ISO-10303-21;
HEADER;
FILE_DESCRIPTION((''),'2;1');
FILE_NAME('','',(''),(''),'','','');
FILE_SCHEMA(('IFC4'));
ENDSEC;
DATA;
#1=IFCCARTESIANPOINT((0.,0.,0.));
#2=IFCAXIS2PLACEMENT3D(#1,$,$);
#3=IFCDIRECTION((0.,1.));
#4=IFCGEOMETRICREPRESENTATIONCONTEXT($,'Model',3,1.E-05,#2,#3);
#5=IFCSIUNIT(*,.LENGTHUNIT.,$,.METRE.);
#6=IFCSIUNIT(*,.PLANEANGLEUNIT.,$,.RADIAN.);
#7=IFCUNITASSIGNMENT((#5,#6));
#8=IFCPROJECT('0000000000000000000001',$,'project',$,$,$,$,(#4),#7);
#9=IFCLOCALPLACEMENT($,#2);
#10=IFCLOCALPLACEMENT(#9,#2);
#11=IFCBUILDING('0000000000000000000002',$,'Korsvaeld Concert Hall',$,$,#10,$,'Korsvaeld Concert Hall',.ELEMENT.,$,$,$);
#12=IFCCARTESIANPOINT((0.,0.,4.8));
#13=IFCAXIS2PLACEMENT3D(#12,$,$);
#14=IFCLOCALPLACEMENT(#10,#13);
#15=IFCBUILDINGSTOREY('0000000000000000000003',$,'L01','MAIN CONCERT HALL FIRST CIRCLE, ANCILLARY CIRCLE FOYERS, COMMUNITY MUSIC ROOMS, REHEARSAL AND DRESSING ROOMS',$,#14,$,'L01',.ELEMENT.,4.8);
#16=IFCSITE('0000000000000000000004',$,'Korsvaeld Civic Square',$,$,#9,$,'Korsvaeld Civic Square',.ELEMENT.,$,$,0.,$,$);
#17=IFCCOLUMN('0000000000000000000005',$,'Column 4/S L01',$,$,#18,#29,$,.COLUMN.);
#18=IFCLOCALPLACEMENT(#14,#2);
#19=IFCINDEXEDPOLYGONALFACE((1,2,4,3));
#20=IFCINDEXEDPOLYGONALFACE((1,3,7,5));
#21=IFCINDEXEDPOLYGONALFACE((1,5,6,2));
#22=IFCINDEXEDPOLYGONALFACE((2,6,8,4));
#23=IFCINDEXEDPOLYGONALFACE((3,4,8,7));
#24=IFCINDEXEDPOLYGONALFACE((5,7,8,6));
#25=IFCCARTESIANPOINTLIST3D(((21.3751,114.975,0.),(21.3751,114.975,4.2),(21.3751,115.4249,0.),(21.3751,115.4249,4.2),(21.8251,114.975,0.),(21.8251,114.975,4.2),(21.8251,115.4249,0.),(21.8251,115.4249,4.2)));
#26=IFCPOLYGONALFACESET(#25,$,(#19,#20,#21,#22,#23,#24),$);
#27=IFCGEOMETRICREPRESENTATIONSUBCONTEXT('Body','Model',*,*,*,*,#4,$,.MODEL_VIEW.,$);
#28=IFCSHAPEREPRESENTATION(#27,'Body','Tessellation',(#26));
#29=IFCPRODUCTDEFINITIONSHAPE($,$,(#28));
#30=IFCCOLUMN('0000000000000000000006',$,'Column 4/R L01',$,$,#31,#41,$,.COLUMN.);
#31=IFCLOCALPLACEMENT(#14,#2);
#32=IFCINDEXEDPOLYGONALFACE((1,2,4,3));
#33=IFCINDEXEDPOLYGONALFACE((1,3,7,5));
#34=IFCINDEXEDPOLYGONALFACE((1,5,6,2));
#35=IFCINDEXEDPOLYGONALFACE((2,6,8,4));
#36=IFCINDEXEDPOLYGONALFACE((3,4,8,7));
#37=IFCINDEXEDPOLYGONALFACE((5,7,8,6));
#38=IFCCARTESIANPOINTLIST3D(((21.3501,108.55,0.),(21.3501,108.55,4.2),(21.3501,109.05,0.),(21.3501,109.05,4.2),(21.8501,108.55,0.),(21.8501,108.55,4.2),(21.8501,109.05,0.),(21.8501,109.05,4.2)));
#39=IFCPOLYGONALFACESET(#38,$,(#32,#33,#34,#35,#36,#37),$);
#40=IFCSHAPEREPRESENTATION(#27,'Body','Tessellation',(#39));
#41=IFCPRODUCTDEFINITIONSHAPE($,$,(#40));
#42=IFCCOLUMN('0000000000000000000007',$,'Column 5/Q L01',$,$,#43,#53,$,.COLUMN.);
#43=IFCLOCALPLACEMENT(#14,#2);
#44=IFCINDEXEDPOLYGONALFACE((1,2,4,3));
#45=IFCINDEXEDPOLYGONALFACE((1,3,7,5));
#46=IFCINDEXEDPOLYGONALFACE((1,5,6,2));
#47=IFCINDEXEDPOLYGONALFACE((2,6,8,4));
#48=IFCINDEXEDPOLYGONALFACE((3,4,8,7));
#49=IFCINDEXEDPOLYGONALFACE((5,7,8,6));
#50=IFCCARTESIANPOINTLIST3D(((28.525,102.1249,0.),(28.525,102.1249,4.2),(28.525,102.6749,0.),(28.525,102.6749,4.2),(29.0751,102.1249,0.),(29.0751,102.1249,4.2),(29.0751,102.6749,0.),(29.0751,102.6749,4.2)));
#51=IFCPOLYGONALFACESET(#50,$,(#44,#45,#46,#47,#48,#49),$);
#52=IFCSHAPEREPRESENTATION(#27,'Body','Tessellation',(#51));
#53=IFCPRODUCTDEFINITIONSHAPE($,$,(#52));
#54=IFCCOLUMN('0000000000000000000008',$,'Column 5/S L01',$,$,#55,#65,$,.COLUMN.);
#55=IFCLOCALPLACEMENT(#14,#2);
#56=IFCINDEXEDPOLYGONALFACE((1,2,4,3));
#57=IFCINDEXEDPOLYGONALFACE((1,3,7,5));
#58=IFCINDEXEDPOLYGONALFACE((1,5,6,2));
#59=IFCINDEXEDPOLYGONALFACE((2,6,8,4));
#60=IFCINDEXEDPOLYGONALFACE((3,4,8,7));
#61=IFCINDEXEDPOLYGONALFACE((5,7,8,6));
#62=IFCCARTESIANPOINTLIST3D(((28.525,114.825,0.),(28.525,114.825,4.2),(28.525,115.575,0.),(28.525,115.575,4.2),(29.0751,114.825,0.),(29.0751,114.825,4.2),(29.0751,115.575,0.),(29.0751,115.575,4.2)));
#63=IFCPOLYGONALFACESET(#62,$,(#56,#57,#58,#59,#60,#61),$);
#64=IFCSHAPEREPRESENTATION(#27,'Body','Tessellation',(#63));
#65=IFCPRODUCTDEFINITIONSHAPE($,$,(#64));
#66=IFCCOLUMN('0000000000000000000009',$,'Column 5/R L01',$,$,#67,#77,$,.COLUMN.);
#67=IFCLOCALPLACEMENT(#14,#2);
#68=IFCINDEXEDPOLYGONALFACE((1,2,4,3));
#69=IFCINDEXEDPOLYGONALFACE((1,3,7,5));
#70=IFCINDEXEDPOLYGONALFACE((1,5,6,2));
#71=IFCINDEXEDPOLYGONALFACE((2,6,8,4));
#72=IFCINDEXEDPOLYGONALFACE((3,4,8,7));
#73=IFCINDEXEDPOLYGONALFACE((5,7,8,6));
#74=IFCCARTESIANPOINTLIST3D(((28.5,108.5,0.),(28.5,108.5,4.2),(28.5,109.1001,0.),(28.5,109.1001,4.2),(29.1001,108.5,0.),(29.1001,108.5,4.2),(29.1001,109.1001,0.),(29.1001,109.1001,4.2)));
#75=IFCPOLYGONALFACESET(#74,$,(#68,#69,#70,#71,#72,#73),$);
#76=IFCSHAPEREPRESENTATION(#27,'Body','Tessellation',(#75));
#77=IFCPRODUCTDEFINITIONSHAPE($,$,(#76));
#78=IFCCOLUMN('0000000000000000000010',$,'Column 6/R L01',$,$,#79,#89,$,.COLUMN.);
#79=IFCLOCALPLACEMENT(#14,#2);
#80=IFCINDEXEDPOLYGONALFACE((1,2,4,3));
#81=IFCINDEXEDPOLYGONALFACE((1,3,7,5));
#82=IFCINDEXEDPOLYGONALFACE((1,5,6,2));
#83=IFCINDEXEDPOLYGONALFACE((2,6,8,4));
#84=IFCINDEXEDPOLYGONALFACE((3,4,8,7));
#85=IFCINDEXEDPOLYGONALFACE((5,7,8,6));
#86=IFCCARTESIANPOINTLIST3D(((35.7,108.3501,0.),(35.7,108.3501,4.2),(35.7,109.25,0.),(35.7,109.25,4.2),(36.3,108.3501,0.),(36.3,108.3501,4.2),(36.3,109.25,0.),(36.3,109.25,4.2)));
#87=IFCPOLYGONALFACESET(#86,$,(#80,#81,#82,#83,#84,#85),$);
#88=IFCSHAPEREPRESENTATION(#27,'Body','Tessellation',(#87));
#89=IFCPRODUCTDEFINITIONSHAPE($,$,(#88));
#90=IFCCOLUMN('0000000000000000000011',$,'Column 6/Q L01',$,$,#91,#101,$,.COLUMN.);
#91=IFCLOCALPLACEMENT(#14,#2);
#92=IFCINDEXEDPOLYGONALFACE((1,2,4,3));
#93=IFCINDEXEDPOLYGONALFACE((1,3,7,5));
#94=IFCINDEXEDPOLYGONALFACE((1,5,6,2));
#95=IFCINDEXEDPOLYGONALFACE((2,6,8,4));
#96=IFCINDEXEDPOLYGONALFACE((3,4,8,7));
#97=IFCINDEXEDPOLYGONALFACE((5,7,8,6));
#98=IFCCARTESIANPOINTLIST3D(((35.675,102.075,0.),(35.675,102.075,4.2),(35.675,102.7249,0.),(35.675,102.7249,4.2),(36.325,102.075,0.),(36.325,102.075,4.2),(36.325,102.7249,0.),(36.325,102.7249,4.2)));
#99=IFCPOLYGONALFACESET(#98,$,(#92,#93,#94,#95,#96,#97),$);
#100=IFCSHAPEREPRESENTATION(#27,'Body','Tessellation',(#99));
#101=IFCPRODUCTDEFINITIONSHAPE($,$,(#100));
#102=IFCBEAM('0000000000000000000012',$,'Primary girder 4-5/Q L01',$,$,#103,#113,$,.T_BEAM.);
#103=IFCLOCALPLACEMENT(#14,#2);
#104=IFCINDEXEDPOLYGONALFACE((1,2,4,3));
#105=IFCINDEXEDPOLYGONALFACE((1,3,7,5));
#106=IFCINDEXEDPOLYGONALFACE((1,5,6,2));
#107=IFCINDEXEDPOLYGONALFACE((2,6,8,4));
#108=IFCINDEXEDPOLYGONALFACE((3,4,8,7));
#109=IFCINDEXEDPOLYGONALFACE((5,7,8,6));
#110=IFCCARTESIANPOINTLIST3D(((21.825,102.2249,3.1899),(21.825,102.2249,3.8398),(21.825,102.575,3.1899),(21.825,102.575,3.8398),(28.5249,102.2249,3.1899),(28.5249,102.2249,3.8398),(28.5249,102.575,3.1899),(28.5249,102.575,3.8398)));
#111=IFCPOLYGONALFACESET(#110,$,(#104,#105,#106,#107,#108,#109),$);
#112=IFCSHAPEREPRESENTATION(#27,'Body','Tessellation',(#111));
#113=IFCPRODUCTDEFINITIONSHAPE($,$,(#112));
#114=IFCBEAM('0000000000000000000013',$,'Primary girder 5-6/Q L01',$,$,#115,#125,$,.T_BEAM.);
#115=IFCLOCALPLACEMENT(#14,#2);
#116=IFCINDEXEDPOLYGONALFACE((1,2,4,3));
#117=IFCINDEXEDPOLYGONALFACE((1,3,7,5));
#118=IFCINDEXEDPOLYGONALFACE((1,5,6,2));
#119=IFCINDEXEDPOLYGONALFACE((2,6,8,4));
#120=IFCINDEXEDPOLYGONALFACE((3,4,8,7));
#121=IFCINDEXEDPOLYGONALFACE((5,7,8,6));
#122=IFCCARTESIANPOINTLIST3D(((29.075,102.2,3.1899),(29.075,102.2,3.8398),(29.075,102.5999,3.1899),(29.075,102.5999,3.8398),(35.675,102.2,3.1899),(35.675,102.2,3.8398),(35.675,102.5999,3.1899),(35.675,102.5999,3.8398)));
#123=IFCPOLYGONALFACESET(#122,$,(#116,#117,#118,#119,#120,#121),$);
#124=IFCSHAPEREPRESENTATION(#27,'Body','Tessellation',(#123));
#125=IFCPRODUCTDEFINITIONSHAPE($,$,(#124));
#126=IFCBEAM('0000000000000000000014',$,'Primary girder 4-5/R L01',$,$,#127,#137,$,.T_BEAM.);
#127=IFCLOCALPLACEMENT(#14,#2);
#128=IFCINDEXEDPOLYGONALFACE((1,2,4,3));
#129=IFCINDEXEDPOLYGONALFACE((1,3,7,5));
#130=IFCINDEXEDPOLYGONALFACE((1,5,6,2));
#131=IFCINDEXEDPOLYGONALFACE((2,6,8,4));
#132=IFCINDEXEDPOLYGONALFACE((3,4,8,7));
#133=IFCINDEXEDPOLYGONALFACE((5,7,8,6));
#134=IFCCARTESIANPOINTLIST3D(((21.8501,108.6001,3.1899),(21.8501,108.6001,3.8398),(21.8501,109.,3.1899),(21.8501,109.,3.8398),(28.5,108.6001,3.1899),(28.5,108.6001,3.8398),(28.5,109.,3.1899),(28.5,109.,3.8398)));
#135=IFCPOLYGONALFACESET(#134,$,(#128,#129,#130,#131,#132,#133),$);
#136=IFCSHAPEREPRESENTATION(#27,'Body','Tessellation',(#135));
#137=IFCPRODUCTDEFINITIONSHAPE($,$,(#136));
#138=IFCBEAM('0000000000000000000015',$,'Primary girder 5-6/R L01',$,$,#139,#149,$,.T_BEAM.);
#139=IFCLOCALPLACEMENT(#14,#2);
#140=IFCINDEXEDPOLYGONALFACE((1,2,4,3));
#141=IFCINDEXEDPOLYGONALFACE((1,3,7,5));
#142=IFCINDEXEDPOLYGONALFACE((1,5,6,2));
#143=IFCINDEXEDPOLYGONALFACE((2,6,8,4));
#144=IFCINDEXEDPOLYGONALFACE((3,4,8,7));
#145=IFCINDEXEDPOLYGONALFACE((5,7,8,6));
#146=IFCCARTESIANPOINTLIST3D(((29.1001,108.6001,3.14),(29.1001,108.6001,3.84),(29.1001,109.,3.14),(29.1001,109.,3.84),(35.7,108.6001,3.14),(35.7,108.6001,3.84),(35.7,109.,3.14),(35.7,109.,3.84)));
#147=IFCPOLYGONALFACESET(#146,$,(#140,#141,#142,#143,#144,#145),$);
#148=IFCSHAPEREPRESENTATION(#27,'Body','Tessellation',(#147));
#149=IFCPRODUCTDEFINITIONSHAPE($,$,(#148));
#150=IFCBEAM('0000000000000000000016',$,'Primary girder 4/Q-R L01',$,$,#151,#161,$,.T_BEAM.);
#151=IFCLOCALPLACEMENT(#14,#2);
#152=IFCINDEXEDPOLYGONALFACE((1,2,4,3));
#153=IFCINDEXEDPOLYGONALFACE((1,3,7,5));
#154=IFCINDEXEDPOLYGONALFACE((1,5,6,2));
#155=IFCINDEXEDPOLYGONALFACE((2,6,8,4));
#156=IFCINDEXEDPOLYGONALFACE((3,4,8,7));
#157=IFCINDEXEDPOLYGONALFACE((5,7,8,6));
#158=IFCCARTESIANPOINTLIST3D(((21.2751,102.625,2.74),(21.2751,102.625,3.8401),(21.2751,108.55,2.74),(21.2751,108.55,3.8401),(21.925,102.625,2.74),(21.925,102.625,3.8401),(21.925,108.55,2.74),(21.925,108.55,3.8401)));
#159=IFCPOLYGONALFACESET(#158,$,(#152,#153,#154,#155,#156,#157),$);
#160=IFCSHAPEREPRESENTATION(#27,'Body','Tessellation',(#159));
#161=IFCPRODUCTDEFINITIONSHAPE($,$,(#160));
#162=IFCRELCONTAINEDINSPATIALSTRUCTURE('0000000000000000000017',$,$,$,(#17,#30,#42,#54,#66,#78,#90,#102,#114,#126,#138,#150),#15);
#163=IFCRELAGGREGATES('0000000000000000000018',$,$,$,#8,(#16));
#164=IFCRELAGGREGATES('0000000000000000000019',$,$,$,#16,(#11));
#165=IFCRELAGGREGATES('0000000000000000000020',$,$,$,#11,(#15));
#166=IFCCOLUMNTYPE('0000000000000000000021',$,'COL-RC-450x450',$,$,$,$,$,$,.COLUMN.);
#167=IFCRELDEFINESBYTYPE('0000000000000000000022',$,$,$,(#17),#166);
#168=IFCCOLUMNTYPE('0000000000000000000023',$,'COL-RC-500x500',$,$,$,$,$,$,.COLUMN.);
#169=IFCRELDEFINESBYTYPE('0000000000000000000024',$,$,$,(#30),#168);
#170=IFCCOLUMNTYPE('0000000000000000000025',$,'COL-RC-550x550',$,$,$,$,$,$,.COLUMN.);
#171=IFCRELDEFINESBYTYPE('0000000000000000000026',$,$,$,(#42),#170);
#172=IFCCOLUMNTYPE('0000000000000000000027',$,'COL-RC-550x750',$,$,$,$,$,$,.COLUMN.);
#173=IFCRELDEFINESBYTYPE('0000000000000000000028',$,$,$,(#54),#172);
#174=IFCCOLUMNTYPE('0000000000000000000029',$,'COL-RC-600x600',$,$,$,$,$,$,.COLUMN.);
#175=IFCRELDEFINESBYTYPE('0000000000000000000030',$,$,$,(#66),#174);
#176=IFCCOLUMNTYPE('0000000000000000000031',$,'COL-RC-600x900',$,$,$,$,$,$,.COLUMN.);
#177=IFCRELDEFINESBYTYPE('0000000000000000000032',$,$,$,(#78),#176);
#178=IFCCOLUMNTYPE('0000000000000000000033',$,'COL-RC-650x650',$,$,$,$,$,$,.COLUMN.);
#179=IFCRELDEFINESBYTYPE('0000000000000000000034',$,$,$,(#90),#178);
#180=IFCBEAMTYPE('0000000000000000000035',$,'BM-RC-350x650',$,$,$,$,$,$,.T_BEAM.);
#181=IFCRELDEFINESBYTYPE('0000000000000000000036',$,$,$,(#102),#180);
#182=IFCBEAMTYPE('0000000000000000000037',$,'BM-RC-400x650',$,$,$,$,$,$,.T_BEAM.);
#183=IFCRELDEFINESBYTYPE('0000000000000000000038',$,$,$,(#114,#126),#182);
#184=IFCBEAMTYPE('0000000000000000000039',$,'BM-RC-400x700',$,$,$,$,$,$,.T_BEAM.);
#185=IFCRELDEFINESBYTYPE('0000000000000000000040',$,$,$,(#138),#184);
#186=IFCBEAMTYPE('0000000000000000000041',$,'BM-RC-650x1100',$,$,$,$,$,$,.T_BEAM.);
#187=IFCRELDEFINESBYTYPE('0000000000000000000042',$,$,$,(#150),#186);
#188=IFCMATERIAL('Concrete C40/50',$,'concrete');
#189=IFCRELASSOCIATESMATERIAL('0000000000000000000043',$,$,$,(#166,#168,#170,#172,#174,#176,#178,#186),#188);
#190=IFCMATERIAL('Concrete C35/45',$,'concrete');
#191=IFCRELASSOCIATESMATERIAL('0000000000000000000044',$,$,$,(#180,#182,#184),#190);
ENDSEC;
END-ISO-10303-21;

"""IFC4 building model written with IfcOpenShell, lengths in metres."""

from ifc_helpers import new_model, si_unit, direction, frame, origin, origin_2d, place, context, subcontext, project, spatial, rectangle, extrude, material, material_profile, profile_set, type_object, element, save


model = new_model("IFC4")

# Units and contexts
model_context = context("Model", 3, precision=1e-05, world=origin(), true_north=direction((0.0, 1.0)))
body_context = subcontext(model_context, "Body", "Model", "MODEL_VIEW")
ifc_project = project(units=[si_unit("LENGTHUNIT", "METRE"), si_unit("PLANEANGLEUNIT", "RADIAN")], contexts=[model_context])

# Site, building, storey
site_placement = place(None, origin())
site = spatial("IfcSite", under=ifc_project, at=site_placement, Name="Korsvaeld Civic Square", LongName="Korsvaeld Civic Square", CompositionType="ELEMENT", RefElevation=0.0)
building_placement = place(site_placement, origin())
building = spatial("IfcBuilding", under=site, at=building_placement, Name="Korsvaeld Concert Hall", LongName="Korsvaeld Concert Hall", CompositionType="ELEMENT")
storey_placement = place(building_placement, frame((0.0, 0.0, 4.8)))
storey = spatial("IfcBuildingStorey", under=building, at=storey_placement, Name="L01", Description="MAIN CONCERT HALL FIRST CIRCLE, ANCILLARY CIRCLE FOYERS, COMMUNITY MUSIC ROOMS, REHEARSAL AND DRESSING ROOMS", LongName="L01", CompositionType="ELEMENT", Elevation=4.8)

# Columns
ifc_material_1 = material(Name="Concrete C40/50", Category="concrete")
ifc_material_profile_1 = material_profile(ifc_material_1, rectangle(XDim=0.45, YDim=0.45, at=origin_2d()), Name="RC 450x450")
ifc_profile_set_1 = profile_set([ifc_material_profile_1], Name="Concrete C40/50")
column_type_1 = type_object("IfcColumnType", Name="COL-RC-450x450", PredefinedType="COLUMN", material=ifc_profile_set_1)
column_1_placement = place(storey_placement, frame((21.6001, 115.2, 0.0), z_axis=(0.0, 0.0, 1.0), x_axis=(1.0, 0.0, 0.0)))
element("IfcColumn", 1, at=column_1_placement, inside=storey, type_object=column_type_1, Name="Column 4/S L01", PredefinedType="COLUMN", context=body_context, shape_type="SweptSolid", body=[
    extrude(rectangle(XDim=0.45, YDim=0.45, at=origin_2d()), origin(), (0.0, 0.0, 1.0), 4.2),
])
ifc_material_profile_2 = material_profile(ifc_material_1, rectangle(XDim=0.5, YDim=0.5, at=origin_2d()), Name="RC 500x500")
ifc_profile_set_2 = profile_set([ifc_material_profile_2], Name="Concrete C40/50")
column_type_2 = type_object("IfcColumnType", Name="COL-RC-500x500", PredefinedType="COLUMN", material=ifc_profile_set_2)
column_2_placement = place(storey_placement, frame((21.6001, 108.8, 0.0), z_axis=(0.0, 0.0, 1.0), x_axis=(1.0, 0.0, 0.0)))
element("IfcColumn", 2, at=column_2_placement, inside=storey, type_object=column_type_2, Name="Column 4/R L01", PredefinedType="COLUMN", context=body_context, shape_type="SweptSolid", body=[
    extrude(rectangle(XDim=0.5, YDim=0.5, at=origin_2d()), origin(), (0.0, 0.0, 1.0), 4.2),
])
ifc_material_profile_3 = material_profile(ifc_material_1, rectangle(XDim=0.55, YDim=0.55, at=origin_2d()), Name="RC 550x550")
ifc_profile_set_3 = profile_set([ifc_material_profile_3], Name="Concrete C40/50")
column_type_3 = type_object("IfcColumnType", Name="COL-RC-550x550", PredefinedType="COLUMN", material=ifc_profile_set_3)
column_3_placement = place(storey_placement, frame((28.8, 102.3999, 0.0), z_axis=(0.0, 0.0, 1.0), x_axis=(1.0, 0.0, 0.0)))
element("IfcColumn", 3, at=column_3_placement, inside=storey, type_object=column_type_3, Name="Column 5/Q L01", PredefinedType="COLUMN", context=body_context, shape_type="SweptSolid", body=[
    extrude(rectangle(XDim=0.55, YDim=0.55, at=origin_2d()), origin(), (0.0, 0.0, 1.0), 4.2),
])
ifc_material_profile_4 = material_profile(ifc_material_1, rectangle(XDim=0.55, YDim=0.75, at=origin_2d()), Name="RC 550x750")
ifc_profile_set_4 = profile_set([ifc_material_profile_4], Name="Concrete C40/50")
column_type_4 = type_object("IfcColumnType", Name="COL-RC-550x750", PredefinedType="COLUMN", material=ifc_profile_set_4)
column_4_placement = place(storey_placement, frame((28.8, 115.2, 0.0), z_axis=(0.0, 0.0, 1.0), x_axis=(1.0, 0.0, 0.0)))
element("IfcColumn", 4, at=column_4_placement, inside=storey, type_object=column_type_4, Name="Column 5/S L01", PredefinedType="COLUMN", context=body_context, shape_type="SweptSolid", body=[
    extrude(rectangle(XDim=0.55, YDim=0.75, at=origin_2d()), origin(), (0.0, 0.0, 1.0), 4.2),
])
ifc_material_profile_5 = material_profile(ifc_material_1, rectangle(XDim=0.6001, YDim=0.6001, at=origin_2d()), Name="RC 600x600")
ifc_profile_set_5 = profile_set([ifc_material_profile_5], Name="Concrete C40/50")
column_type_5 = type_object("IfcColumnType", Name="COL-RC-600x600", PredefinedType="COLUMN", material=ifc_profile_set_5)
column_5_placement = place(storey_placement, frame((28.8, 108.8, 0.0), z_axis=(0.0, 0.0, 1.0), x_axis=(1.0, 0.0, 0.0)))
element("IfcColumn", 5, at=column_5_placement, inside=storey, type_object=column_type_5, Name="Column 5/R L01", PredefinedType="COLUMN", context=body_context, shape_type="SweptSolid", body=[
    extrude(rectangle(XDim=0.6001, YDim=0.6001, at=origin_2d()), origin(), (0.0, 0.0, 1.0), 4.2),
])
ifc_material_profile_6 = material_profile(ifc_material_1, rectangle(XDim=0.6001, YDim=0.8999, at=origin_2d()), Name="RC 600x900")
ifc_profile_set_6 = profile_set([ifc_material_profile_6], Name="Concrete C40/50")
column_type_6 = type_object("IfcColumnType", Name="COL-RC-600x900", PredefinedType="COLUMN", material=ifc_profile_set_6)
column_6_placement = place(storey_placement, frame((36.0, 108.8, 0.0), z_axis=(0.0, 0.0, 1.0), x_axis=(1.0, 0.0, 0.0)))
element("IfcColumn", 6, at=column_6_placement, inside=storey, type_object=column_type_6, Name="Column 6/R L01", PredefinedType="COLUMN", context=body_context, shape_type="SweptSolid", body=[
    extrude(rectangle(XDim=0.6001, YDim=0.8999, at=origin_2d()), origin(), (0.0, 0.0, 1.0), 4.2),
])
ifc_material_profile_7 = material_profile(ifc_material_1, rectangle(XDim=0.6499, YDim=0.6499, at=origin_2d()), Name="RC 650x650")
ifc_profile_set_7 = profile_set([ifc_material_profile_7], Name="Concrete C40/50")
column_type_7 = type_object("IfcColumnType", Name="COL-RC-650x650", PredefinedType="COLUMN", material=ifc_profile_set_7)
column_7_placement = place(storey_placement, frame((36.0, 102.3999, 0.0), z_axis=(0.0, 0.0, 1.0), x_axis=(1.0, 0.0, 0.0)))
element("IfcColumn", 7, at=column_7_placement, inside=storey, type_object=column_type_7, Name="Column 6/Q L01", PredefinedType="COLUMN", context=body_context, shape_type="SweptSolid", body=[
    extrude(rectangle(XDim=0.6499, YDim=0.6499, at=origin_2d()), origin(), (0.0, 0.0, 1.0), 4.2),
])

# Beams
ifc_material_2 = material(Name="Concrete C35/45", Category="concrete")
ifc_material_profile_8 = material_profile(ifc_material_2, rectangle(XDim=0.3501, YDim=0.6499, at=origin_2d()), Name="RC 350x650")
ifc_profile_set_8 = profile_set([ifc_material_profile_8], Name="Concrete C35/45")
beam_type_1 = type_object("IfcBeamType", Name="BM-RC-350x650", PredefinedType="T_BEAM", material=ifc_profile_set_8)
beam_1_placement = place(storey_placement, frame((21.825, 102.3999, 3.5149), z_axis=(1.0, 0.0, 0.0), x_axis=(0.0, 1.0, 0.0)))
element("IfcBeam", 8, at=beam_1_placement, inside=storey, type_object=beam_type_1, Name="Primary girder 4-5/Q L01", PredefinedType="T_BEAM", context=body_context, shape_type="SweptSolid", body=[
    extrude(rectangle(XDim=0.3501, YDim=0.6499, at=origin_2d()), origin(), (0.0, 0.0, 1.0), 6.7),
])
ifc_material_profile_9 = material_profile(ifc_material_2, rectangle(XDim=0.3999, YDim=0.6499, at=origin_2d()), Name="RC 400x650")
ifc_profile_set_9 = profile_set([ifc_material_profile_9], Name="Concrete C35/45")
beam_type_2 = type_object("IfcBeamType", Name="BM-RC-400x650", PredefinedType="T_BEAM", material=ifc_profile_set_9)
beam_2_placement = place(storey_placement, frame((29.075, 102.3999, 3.5149), z_axis=(1.0, 0.0, 0.0), x_axis=(0.0, 1.0, 0.0)))
element("IfcBeam", 9, at=beam_2_placement, inside=storey, type_object=beam_type_2, Name="Primary girder 5-6/Q L01", PredefinedType="T_BEAM", context=body_context, shape_type="SweptSolid", body=[
    extrude(rectangle(XDim=0.3999, YDim=0.6499, at=origin_2d()), origin(), (0.0, 0.0, 1.0), 6.6001),
])
beam_3_placement = place(storey_placement, frame((21.8501, 108.8, 3.5149), z_axis=(1.0, 0.0, 0.0), x_axis=(0.0, 1.0, 0.0)))
element("IfcBeam", 10, at=beam_3_placement, inside=storey, type_object=beam_type_2, Name="Primary girder 4-5/R L01", PredefinedType="T_BEAM", context=body_context, shape_type="SweptSolid", body=[
    extrude(rectangle(XDim=0.3999, YDim=0.6499, at=origin_2d()), origin(), (0.0, 0.0, 1.0), 6.6499),
])
ifc_material_profile_10 = material_profile(ifc_material_2, rectangle(XDim=0.3999, YDim=0.7, at=origin_2d()), Name="RC 400x700")
ifc_profile_set_10 = profile_set([ifc_material_profile_10], Name="Concrete C35/45")
beam_type_3 = type_object("IfcBeamType", Name="BM-RC-400x700", PredefinedType="T_BEAM", material=ifc_profile_set_10)
beam_4_placement = place(storey_placement, frame((29.1001, 108.8, 3.49), z_axis=(1.0, 0.0, 0.0), x_axis=(0.0, 1.0, 0.0)))
element("IfcBeam", 11, at=beam_4_placement, inside=storey, type_object=beam_type_3, Name="Primary girder 5-6/R L01", PredefinedType="T_BEAM", context=body_context, shape_type="SweptSolid", body=[
    extrude(rectangle(XDim=0.3999, YDim=0.7, at=origin_2d()), origin(), (0.0, 0.0, 1.0), 6.5999),
])
ifc_material_profile_11 = material_profile(ifc_material_1, rectangle(XDim=0.6499, YDim=1.1001, at=origin_2d()), Name="RC 650x1100")
ifc_profile_set_11 = profile_set([ifc_material_profile_11], Name="Concrete C40/50")
beam_type_4 = type_object("IfcBeamType", Name="BM-RC-650x1100", PredefinedType="T_BEAM", material=ifc_profile_set_11)
beam_5_placement = place(storey_placement, frame((21.6001, 102.625, 3.29), z_axis=(0.0, 1.0, 0.0), x_axis=(-1.0, 0.0, 0.0)))
element("IfcBeam", 12, at=beam_5_placement, inside=storey, type_object=beam_type_4, Name="Primary girder 4/Q-R L01", PredefinedType="T_BEAM", context=body_context, shape_type="SweptSolid", body=[
    extrude(rectangle(XDim=0.6499, YDim=1.1001, at=origin_2d()), origin(), (0.0, 0.0, 1.0), 5.925),
])

save(model, "model.ifc")
